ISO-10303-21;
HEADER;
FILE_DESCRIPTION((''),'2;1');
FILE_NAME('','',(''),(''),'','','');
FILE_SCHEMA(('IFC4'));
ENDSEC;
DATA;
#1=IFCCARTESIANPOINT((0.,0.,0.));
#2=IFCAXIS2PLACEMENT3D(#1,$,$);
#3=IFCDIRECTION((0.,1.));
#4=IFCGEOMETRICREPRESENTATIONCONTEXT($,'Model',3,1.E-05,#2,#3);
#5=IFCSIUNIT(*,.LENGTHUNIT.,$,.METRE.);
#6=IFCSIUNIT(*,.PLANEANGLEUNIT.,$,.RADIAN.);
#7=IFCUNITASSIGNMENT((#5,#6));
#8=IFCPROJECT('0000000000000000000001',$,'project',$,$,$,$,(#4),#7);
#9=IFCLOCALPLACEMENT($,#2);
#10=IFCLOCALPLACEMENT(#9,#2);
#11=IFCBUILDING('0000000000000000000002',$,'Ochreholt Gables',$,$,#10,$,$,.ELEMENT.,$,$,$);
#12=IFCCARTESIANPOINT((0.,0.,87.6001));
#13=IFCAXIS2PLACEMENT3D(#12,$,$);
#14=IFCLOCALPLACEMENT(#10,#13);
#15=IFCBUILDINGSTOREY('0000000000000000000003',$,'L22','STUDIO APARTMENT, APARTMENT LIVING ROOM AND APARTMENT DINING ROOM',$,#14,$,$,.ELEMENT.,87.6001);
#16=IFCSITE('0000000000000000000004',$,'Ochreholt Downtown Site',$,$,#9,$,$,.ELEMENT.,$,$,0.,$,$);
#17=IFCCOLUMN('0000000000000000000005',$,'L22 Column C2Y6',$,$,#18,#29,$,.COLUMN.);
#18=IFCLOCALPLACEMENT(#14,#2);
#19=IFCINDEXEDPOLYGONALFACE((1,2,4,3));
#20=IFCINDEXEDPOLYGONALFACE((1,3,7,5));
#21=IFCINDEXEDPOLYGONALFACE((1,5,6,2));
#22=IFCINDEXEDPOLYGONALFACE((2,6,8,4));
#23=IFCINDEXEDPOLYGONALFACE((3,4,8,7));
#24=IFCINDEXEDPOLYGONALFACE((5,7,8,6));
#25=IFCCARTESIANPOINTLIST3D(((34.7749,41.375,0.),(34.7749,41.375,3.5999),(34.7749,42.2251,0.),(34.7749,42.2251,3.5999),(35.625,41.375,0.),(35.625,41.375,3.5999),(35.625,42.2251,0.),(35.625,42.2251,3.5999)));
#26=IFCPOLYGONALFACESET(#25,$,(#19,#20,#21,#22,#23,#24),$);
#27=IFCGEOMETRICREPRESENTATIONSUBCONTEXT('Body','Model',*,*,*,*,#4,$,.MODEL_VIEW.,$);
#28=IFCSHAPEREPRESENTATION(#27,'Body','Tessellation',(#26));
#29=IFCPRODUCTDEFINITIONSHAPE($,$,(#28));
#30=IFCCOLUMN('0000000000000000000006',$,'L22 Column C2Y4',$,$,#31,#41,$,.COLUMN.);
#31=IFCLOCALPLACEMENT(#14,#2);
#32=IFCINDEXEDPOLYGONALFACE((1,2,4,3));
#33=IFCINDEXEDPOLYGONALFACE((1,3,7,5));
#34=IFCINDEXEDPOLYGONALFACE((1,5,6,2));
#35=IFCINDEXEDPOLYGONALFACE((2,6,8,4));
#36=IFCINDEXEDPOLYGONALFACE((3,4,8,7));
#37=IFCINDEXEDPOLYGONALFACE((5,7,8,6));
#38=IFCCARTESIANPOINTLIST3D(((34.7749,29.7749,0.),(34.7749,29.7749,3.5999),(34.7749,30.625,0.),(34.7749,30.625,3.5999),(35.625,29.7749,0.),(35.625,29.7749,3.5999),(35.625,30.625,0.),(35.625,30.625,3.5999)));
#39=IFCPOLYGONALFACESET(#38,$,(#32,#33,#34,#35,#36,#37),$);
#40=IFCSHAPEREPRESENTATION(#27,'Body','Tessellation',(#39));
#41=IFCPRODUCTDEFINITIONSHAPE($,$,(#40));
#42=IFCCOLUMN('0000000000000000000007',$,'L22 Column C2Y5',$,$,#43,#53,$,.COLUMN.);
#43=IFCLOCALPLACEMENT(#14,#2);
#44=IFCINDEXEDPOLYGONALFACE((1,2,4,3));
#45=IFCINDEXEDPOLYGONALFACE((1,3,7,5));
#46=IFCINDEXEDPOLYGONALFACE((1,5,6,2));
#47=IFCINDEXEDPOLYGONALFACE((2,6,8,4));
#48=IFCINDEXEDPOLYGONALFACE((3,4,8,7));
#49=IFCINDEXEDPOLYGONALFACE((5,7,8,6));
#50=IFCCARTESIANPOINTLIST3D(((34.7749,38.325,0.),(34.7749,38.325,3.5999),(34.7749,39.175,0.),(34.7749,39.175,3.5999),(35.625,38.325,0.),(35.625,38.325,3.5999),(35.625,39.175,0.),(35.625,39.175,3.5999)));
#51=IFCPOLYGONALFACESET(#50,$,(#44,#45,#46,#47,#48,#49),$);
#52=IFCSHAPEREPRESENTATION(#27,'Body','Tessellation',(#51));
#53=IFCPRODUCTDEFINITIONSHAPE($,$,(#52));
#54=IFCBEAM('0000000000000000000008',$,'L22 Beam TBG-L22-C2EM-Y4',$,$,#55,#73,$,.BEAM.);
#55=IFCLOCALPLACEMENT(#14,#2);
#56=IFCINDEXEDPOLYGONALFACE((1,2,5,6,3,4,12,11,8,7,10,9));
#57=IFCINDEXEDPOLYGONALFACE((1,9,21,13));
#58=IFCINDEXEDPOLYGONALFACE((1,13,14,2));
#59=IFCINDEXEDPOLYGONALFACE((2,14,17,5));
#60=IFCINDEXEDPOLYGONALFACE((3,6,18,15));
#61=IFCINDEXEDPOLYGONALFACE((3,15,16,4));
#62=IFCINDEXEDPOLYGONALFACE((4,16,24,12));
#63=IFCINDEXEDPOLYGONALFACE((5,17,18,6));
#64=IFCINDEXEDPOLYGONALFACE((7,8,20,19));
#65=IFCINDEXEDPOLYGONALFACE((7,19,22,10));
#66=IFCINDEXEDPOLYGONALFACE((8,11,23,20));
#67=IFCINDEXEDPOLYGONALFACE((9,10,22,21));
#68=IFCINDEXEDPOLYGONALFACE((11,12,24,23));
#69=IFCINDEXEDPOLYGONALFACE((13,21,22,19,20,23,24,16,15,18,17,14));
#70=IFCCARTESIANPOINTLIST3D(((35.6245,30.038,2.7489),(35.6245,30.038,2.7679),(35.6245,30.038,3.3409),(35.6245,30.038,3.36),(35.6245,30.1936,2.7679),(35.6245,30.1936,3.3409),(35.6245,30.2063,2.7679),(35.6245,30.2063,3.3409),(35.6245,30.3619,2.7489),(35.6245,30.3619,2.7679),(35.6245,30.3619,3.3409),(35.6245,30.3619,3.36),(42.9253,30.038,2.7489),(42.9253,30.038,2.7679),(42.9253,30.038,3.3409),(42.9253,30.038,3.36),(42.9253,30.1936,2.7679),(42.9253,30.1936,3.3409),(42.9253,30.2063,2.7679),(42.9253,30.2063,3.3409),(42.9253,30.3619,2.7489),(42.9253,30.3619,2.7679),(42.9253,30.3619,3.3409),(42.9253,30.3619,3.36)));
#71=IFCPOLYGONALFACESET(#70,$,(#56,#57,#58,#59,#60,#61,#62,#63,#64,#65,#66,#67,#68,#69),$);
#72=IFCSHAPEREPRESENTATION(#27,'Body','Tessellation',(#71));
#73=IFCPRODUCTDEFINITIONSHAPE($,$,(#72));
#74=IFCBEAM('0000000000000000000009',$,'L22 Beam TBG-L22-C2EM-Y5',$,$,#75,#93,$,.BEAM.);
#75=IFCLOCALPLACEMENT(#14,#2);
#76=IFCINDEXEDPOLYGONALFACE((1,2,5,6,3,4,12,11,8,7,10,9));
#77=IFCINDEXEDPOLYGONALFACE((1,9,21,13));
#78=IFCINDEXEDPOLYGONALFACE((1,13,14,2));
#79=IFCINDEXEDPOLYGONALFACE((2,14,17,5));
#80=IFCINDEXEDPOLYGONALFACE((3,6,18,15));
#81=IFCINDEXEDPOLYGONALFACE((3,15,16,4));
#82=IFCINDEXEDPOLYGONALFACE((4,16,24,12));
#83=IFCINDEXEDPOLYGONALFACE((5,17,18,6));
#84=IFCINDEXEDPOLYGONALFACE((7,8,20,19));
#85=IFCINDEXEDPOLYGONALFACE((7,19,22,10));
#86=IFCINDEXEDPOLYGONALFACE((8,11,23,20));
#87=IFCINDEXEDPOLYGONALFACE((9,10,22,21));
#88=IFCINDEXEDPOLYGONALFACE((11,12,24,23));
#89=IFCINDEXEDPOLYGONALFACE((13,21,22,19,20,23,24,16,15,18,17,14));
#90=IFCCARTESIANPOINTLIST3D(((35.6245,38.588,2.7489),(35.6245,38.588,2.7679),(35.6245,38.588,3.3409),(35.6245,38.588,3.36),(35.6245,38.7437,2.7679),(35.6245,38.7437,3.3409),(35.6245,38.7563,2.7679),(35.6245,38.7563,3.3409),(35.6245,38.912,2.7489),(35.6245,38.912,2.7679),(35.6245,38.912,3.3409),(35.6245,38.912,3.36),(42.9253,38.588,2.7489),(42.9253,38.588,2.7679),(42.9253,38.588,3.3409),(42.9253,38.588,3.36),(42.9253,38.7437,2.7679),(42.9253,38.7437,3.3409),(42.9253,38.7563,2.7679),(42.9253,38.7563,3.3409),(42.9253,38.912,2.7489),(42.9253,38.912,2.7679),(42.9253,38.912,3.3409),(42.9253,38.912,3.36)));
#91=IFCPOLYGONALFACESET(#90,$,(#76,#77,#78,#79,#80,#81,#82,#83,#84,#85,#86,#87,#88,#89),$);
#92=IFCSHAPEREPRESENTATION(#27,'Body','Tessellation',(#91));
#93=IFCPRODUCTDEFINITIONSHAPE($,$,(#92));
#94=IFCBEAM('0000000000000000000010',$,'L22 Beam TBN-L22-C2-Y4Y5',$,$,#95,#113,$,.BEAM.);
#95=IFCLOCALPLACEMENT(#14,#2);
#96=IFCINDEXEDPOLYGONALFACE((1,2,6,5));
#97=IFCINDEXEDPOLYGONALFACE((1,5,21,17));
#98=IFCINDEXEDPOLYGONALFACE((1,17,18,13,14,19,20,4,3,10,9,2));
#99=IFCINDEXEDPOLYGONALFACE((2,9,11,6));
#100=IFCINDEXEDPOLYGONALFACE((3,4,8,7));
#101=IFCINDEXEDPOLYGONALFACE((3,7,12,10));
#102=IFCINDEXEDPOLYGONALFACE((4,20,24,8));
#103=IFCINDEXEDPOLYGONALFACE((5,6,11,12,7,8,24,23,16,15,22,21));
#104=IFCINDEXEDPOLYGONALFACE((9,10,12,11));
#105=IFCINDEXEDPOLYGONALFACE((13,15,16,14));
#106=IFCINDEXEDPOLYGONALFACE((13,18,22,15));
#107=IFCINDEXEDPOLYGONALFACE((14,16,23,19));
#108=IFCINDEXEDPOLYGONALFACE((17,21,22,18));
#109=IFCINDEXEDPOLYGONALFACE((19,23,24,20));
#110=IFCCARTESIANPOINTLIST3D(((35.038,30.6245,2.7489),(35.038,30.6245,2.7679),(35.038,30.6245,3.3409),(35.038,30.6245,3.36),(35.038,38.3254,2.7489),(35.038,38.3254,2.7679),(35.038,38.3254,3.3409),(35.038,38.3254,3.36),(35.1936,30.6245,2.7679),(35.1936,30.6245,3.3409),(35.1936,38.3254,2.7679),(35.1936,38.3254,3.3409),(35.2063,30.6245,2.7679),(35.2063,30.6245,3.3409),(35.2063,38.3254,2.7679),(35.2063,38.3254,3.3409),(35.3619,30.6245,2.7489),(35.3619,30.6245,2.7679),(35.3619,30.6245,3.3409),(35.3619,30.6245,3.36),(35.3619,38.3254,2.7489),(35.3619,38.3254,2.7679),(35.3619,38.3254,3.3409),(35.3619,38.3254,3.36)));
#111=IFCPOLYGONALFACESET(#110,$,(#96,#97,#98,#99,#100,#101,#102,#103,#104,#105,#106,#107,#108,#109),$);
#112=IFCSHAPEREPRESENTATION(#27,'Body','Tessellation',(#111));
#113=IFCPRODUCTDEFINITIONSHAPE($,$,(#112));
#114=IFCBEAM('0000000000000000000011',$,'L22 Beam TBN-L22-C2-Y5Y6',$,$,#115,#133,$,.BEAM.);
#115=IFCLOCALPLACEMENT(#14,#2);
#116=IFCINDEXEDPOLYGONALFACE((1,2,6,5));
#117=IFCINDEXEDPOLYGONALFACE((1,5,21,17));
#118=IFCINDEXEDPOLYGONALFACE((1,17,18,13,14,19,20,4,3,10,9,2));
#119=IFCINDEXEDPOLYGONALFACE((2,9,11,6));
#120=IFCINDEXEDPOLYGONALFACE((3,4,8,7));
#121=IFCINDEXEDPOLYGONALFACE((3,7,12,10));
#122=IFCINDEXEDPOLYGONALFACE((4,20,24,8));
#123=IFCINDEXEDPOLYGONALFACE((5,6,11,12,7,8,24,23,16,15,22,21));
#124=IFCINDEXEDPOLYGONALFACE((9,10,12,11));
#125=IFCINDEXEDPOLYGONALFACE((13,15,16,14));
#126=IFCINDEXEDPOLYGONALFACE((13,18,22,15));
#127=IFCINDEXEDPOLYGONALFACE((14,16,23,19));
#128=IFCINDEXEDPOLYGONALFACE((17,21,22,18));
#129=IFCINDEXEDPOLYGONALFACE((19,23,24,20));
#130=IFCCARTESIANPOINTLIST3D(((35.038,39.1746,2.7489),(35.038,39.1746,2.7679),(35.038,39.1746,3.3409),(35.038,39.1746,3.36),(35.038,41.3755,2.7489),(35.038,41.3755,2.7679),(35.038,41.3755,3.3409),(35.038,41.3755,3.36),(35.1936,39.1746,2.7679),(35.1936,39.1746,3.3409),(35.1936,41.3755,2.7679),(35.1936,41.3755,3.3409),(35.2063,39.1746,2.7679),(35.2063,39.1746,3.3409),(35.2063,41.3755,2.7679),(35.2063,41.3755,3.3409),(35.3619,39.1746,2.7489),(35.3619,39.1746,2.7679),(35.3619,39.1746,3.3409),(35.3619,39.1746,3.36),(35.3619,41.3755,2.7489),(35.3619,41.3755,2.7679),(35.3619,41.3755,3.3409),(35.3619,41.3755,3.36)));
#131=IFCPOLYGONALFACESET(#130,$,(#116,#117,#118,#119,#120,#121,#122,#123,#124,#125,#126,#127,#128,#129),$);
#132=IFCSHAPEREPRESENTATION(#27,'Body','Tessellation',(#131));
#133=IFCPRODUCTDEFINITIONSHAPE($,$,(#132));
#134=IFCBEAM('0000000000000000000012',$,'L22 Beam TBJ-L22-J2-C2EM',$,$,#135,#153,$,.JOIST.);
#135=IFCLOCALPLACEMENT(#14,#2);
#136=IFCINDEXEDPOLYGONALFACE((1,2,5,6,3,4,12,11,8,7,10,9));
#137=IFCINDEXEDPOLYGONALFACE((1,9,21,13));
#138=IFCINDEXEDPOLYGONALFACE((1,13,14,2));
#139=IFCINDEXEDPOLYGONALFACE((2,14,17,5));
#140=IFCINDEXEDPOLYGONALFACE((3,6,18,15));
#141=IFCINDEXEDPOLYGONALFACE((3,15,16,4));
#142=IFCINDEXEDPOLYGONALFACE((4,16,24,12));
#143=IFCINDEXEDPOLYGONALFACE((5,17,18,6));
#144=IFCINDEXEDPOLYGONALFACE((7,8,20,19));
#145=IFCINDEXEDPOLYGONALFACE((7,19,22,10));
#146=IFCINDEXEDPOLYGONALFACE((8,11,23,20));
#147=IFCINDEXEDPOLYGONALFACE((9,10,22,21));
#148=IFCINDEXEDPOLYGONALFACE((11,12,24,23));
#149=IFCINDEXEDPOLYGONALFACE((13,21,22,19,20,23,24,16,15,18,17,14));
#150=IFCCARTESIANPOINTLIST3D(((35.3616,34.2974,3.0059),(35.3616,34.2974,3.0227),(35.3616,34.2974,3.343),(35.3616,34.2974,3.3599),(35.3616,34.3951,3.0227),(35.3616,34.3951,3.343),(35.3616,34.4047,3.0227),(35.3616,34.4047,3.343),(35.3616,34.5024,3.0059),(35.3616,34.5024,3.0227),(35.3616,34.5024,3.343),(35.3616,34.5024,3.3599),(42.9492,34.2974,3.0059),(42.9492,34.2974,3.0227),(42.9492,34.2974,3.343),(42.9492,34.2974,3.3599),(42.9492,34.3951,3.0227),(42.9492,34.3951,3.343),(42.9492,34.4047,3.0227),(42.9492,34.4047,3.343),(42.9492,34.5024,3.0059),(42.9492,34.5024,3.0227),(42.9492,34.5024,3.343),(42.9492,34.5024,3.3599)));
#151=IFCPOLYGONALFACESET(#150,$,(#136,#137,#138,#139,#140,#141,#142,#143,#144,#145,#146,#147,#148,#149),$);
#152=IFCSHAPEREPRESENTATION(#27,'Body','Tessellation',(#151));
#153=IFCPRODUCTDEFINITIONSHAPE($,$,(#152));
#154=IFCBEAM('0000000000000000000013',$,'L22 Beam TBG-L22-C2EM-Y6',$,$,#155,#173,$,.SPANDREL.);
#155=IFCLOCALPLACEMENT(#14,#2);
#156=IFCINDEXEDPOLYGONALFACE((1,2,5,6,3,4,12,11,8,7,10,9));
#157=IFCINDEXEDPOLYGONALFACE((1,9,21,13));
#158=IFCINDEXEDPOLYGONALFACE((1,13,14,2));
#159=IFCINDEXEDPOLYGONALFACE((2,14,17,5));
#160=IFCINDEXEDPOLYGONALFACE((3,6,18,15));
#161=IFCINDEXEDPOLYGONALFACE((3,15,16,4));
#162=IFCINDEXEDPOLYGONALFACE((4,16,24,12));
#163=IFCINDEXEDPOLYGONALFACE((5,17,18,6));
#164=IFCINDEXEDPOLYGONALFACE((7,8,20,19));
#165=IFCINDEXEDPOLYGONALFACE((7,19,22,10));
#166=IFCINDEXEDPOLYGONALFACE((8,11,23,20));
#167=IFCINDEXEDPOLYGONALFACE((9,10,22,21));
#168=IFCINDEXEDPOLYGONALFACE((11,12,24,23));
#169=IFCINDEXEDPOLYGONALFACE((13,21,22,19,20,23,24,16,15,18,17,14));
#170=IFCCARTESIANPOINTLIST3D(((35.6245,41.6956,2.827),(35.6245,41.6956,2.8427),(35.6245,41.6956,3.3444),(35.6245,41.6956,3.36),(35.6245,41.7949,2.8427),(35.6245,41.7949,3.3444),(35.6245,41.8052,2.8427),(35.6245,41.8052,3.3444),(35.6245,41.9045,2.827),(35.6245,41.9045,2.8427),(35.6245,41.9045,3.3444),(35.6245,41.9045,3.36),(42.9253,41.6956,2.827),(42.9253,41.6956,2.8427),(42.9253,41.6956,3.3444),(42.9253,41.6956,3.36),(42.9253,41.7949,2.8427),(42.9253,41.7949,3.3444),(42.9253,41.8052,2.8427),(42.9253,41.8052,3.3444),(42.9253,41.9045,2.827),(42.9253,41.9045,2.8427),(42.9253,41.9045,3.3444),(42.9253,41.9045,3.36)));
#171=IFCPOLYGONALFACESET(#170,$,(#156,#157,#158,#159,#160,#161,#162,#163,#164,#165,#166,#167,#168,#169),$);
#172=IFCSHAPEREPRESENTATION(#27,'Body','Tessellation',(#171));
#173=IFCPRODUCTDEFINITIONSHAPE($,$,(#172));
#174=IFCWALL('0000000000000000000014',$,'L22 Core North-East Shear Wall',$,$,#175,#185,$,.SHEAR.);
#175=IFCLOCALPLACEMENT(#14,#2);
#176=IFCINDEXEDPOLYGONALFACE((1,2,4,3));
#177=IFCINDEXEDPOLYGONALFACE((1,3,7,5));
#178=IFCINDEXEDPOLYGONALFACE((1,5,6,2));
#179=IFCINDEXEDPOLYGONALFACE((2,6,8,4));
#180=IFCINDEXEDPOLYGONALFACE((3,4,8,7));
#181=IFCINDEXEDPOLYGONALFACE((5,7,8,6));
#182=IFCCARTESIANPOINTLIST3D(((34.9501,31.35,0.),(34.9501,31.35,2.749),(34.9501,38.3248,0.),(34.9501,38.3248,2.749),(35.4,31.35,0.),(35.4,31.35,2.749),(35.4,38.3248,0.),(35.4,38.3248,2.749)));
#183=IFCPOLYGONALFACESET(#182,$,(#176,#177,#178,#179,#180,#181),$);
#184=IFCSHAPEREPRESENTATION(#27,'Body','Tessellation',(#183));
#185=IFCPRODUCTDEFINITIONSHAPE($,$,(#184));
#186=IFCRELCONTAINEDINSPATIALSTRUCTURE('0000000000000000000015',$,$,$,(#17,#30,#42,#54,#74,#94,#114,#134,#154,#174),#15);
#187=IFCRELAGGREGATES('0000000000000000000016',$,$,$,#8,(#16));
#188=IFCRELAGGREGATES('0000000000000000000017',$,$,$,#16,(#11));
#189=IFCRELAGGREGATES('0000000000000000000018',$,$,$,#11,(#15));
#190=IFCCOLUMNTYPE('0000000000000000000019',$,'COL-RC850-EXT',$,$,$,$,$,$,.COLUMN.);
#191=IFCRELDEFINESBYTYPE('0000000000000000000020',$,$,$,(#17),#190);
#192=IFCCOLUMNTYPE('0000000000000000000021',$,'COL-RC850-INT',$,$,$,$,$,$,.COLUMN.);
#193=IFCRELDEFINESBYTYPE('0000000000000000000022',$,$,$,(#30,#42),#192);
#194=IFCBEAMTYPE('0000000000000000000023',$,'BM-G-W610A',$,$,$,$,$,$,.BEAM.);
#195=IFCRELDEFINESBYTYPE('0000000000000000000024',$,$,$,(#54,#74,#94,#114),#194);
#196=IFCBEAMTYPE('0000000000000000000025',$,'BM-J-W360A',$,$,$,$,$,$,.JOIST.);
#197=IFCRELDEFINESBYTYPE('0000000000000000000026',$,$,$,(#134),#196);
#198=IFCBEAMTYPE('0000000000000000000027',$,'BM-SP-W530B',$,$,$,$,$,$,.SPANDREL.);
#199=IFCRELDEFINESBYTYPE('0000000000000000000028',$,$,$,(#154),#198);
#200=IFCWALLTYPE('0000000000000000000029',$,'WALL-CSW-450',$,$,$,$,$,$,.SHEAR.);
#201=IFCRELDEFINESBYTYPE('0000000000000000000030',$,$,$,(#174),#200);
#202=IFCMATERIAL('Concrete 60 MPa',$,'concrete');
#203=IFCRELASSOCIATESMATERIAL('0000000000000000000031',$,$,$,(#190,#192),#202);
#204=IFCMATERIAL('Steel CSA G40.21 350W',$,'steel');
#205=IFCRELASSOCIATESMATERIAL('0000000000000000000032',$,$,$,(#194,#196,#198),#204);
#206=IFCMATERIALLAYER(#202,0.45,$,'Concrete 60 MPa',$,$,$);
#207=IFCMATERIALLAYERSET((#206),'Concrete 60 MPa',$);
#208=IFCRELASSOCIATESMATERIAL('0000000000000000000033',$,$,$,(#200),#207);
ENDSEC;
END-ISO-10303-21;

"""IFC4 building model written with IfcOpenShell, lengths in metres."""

from ifc_helpers import new_model, si_unit, direction, frame, frame_2d, origin, origin_2d, place, context, subcontext, project, spatial, rectangle, i_section, extrude, material, layer, layer_set, material_profile, profile_set, type_object, element, save


model = new_model("IFC4")

# Units and contexts
model_context = context("Model", 3, precision=1e-05, world=origin(), true_north=direction((0.0, 1.0)))
body_context = subcontext(model_context, "Body", "Model", "MODEL_VIEW")
ifc_project = project(units=[si_unit("LENGTHUNIT", "METRE"), si_unit("PLANEANGLEUNIT", "RADIAN")], contexts=[model_context])

# Site, building, storey
site_placement = place(None, origin())
site = spatial("IfcSite", under=ifc_project, at=site_placement, Name="Ochreholt Downtown Site", CompositionType="ELEMENT", RefElevation=0.0)
building_placement = place(site_placement, origin())
building = spatial("IfcBuilding", under=site, at=building_placement, Name="Ochreholt Gables", CompositionType="ELEMENT")
storey_placement = place(building_placement, frame((0.0, 0.0, 87.6001)))
storey = spatial("IfcBuildingStorey", under=building, at=storey_placement, Name="L22", Description="STUDIO APARTMENT, APARTMENT LIVING ROOM AND APARTMENT DINING ROOM", CompositionType="ELEMENT", Elevation=87.6001)

# Columns
ifc_material_1 = material(Name="Concrete 60 MPa", Category="concrete")
ifc_material_profile_1 = material_profile(ifc_material_1, rectangle(XDim=0.8501, YDim=0.8501, at=origin_2d()), Name="RC850X850")
ifc_profile_set_1 = profile_set([ifc_material_profile_1], Name="Concrete 60 MPa")
column_type_1 = type_object("IfcColumnType", Name="COL-RC850-EXT", PredefinedType="COLUMN", material=ifc_profile_set_1)
column_placement = place(storey_placement, frame((35.2, 41.8, 0.0), z_axis=(0.0, 0.0, 1.0), x_axis=(1.0, 0.0, 0.0)))
element("IfcColumn", 1, at=column_placement, inside=storey, type_object=column_type_1, Name="L22 Column C2Y6", PredefinedType="COLUMN", context=body_context, shape_type="SweptSolid", body=[
    extrude(rectangle(XDim=0.8501, YDim=0.8501, at=origin_2d()), origin(), (0.0, 0.0, 1.0), 3.5999),
])
ifc_material_profile_2 = material_profile(ifc_material_1, rectangle(XDim=0.8501, YDim=0.8501, at=origin_2d()), Name="RC850X850")
ifc_profile_set_2 = profile_set([ifc_material_profile_2], Name="Concrete 60 MPa")
column_type_2 = type_object("IfcColumnType", Name="COL-RC850-INT", PredefinedType="COLUMN", material=ifc_profile_set_2)
for number, where, z_axis, x_axis, name in (
    (2, (35.2, 30.2, 0.0), (0.0, 0.0, 1.0), (1.0, 0.0, 0.0), "L22 Column C2Y4"),
    (3, (35.2, 38.75, 0.0), (0.0, 0.0, 1.0), (1.0, 0.0, 0.0), "L22 Column C2Y5"),
):
    element("IfcColumn", number, at=place(storey_placement, frame(where, z_axis=z_axis, x_axis=x_axis)), inside=storey, type_object=column_type_2, Name=name, PredefinedType="COLUMN", context=body_context, shape_type="SweptSolid", body=[
        extrude(rectangle(XDim=0.8501, YDim=0.8501, at=origin_2d()), origin(), (0.0, 0.0, 1.0), 3.5999),
    ])

# Beams
ifc_material_2 = material(Name="Steel CSA G40.21 350W", Category="steel")
ifc_material_profile_3 = material_profile(ifc_material_2, i_section(OverallWidth=0.324, OverallDepth=0.6111, WebThickness=0.0127, FlangeThickness=0.019, at=origin_2d()), Name="W610X155")
ifc_profile_set_3 = profile_set([ifc_material_profile_3], Name="Steel CSA G40.21 350W")
beam_type_1 = type_object("IfcBeamType", Name="BM-G-W610A", PredefinedType="BEAM", material=ifc_profile_set_3)
for number, where, z_axis, x_axis, name in (
    (4, (35.6245, 30.2, 3.0544), (1.0, 0.0, 0.0), (0.0, 1.0, 0.0), "L22 Beam TBG-L22-C2EM-Y4"),
    (5, (35.6245, 38.75, 3.0544), (1.0, 0.0, 0.0), (0.0, 1.0, 0.0), "L22 Beam TBG-L22-C2EM-Y5"),
):
    element("IfcBeam", number, at=place(storey_placement, frame(where, z_axis=z_axis, x_axis=x_axis)), inside=storey, type_object=beam_type_1, Name=name, PredefinedType="BEAM", context=body_context, shape_type="SweptSolid", body=[
        extrude(i_section(OverallWidth=0.324, OverallDepth=0.6111, WebThickness=0.0127, FlangeThickness=0.019, at=origin_2d()), origin(), (0.0, 0.0, 1.0), 7.3008),
    ])
beam_1_placement = place(storey_placement, frame((35.2, 30.6245, 3.0544), z_axis=(0.0, 1.0, 0.0), x_axis=(-1.0, 0.0, 0.0)))
element("IfcBeam", 6, at=beam_1_placement, inside=storey, type_object=beam_type_1, Name="L22 Beam TBN-L22-C2-Y4Y5", PredefinedType="BEAM", context=body_context, shape_type="SweptSolid", body=[
    extrude(i_section(OverallWidth=0.324, OverallDepth=0.6111, WebThickness=0.0127, FlangeThickness=0.019, at=origin_2d()), origin(), (0.0, 0.0, 1.0), 7.7009),
])
beam_2_placement = place(storey_placement, frame((35.2, 39.1746, 3.0544), z_axis=(0.0, 1.0, 0.0), x_axis=(-1.0, 0.0, 0.0)))
element("IfcBeam", 7, at=beam_2_placement, inside=storey, type_object=beam_type_1, Name="L22 Beam TBN-L22-C2-Y5Y6", PredefinedType="BEAM", context=body_context, shape_type="SweptSolid", body=[
    extrude(i_section(OverallWidth=0.324, OverallDepth=0.6111, WebThickness=0.0127, FlangeThickness=0.019, at=origin_2d()), origin(), (0.0, 0.0, 1.0), 2.2009),
])
ifc_material_profile_4 = material_profile(ifc_material_2, i_section(OverallWidth=0.2051, OverallDepth=0.354, WebThickness=0.0095, FlangeThickness=0.0168, at=origin_2d()), Name="W360X79")
ifc_profile_set_4 = profile_set([ifc_material_profile_4], Name="Steel CSA G40.21 350W")
beam_type_2 = type_object("IfcBeamType", Name="BM-J-W360A", PredefinedType="JOIST", material=ifc_profile_set_4)
beam_3_placement = place(storey_placement, frame((35.3616, 34.3999, 3.1829), z_axis=(1.0, 0.0, 0.0), x_axis=(0.0, 1.0, 0.0)))
element("IfcBeam", 8, at=beam_3_placement, inside=storey, type_object=beam_type_2, Name="L22 Beam TBJ-L22-J2-C2EM", PredefinedType="JOIST", context=body_context, shape_type="SweptSolid", body=[
    extrude(i_section(OverallWidth=0.2051, OverallDepth=0.354, WebThickness=0.0095, FlangeThickness=0.0168, at=origin_2d()), origin(), (0.0, 0.0, 1.0), 7.5876),
])
ifc_material_profile_5 = material_profile(ifc_material_2, i_section(OverallWidth=0.209, OverallDepth=0.533, WebThickness=0.0103, FlangeThickness=0.0156, at=origin_2d()), Name="W530X92")
ifc_profile_set_5 = profile_set([ifc_material_profile_5], Name="Steel CSA G40.21 350W")
beam_type_3 = type_object("IfcBeamType", Name="BM-SP-W530B", PredefinedType="SPANDREL", material=ifc_profile_set_5)
beam_4_placement = place(storey_placement, frame((35.6245, 41.8, 3.0935), z_axis=(1.0, 0.0, 0.0), x_axis=(0.0, 1.0, 0.0)))
element("IfcBeam", 9, at=beam_4_placement, inside=storey, type_object=beam_type_3, Name="L22 Beam TBG-L22-C2EM-Y6", PredefinedType="SPANDREL", context=body_context, shape_type="SweptSolid", body=[
    extrude(i_section(OverallWidth=0.209, OverallDepth=0.533, WebThickness=0.0103, FlangeThickness=0.0156, at=origin_2d()), origin(), (0.0, 0.0, 1.0), 7.3008),
])

# Wall
ifc_layer_1 = layer(ifc_material_1, 0.45, Name="Concrete 60 MPa")
ifc_layer_set_1 = layer_set([ifc_layer_1], Name="Concrete 60 MPa")
wall_type_1 = type_object("IfcWallType", Name="WALL-CSW-450", PredefinedType="SHEAR", material=ifc_layer_set_1)
wall_1_placement = place(storey_placement, frame((35.175, 31.3501, 0.0), z_axis=(0.0, 0.0, 1.0), x_axis=(0.0, 1.0, 0.0)))
element("IfcWall", 10, at=wall_1_placement, inside=storey, type_object=wall_type_1, Name="L22 Core North-East Shear Wall", PredefinedType="SHEAR", context=body_context, shape_type="SweptSolid", body=[
    extrude(rectangle(XDim=6.9749, YDim=0.45, at=frame_2d((3.4873, 0.0))), origin(), (0.0, 0.0, 1.0), 2.749),
])

save(model, "model.ifc")
